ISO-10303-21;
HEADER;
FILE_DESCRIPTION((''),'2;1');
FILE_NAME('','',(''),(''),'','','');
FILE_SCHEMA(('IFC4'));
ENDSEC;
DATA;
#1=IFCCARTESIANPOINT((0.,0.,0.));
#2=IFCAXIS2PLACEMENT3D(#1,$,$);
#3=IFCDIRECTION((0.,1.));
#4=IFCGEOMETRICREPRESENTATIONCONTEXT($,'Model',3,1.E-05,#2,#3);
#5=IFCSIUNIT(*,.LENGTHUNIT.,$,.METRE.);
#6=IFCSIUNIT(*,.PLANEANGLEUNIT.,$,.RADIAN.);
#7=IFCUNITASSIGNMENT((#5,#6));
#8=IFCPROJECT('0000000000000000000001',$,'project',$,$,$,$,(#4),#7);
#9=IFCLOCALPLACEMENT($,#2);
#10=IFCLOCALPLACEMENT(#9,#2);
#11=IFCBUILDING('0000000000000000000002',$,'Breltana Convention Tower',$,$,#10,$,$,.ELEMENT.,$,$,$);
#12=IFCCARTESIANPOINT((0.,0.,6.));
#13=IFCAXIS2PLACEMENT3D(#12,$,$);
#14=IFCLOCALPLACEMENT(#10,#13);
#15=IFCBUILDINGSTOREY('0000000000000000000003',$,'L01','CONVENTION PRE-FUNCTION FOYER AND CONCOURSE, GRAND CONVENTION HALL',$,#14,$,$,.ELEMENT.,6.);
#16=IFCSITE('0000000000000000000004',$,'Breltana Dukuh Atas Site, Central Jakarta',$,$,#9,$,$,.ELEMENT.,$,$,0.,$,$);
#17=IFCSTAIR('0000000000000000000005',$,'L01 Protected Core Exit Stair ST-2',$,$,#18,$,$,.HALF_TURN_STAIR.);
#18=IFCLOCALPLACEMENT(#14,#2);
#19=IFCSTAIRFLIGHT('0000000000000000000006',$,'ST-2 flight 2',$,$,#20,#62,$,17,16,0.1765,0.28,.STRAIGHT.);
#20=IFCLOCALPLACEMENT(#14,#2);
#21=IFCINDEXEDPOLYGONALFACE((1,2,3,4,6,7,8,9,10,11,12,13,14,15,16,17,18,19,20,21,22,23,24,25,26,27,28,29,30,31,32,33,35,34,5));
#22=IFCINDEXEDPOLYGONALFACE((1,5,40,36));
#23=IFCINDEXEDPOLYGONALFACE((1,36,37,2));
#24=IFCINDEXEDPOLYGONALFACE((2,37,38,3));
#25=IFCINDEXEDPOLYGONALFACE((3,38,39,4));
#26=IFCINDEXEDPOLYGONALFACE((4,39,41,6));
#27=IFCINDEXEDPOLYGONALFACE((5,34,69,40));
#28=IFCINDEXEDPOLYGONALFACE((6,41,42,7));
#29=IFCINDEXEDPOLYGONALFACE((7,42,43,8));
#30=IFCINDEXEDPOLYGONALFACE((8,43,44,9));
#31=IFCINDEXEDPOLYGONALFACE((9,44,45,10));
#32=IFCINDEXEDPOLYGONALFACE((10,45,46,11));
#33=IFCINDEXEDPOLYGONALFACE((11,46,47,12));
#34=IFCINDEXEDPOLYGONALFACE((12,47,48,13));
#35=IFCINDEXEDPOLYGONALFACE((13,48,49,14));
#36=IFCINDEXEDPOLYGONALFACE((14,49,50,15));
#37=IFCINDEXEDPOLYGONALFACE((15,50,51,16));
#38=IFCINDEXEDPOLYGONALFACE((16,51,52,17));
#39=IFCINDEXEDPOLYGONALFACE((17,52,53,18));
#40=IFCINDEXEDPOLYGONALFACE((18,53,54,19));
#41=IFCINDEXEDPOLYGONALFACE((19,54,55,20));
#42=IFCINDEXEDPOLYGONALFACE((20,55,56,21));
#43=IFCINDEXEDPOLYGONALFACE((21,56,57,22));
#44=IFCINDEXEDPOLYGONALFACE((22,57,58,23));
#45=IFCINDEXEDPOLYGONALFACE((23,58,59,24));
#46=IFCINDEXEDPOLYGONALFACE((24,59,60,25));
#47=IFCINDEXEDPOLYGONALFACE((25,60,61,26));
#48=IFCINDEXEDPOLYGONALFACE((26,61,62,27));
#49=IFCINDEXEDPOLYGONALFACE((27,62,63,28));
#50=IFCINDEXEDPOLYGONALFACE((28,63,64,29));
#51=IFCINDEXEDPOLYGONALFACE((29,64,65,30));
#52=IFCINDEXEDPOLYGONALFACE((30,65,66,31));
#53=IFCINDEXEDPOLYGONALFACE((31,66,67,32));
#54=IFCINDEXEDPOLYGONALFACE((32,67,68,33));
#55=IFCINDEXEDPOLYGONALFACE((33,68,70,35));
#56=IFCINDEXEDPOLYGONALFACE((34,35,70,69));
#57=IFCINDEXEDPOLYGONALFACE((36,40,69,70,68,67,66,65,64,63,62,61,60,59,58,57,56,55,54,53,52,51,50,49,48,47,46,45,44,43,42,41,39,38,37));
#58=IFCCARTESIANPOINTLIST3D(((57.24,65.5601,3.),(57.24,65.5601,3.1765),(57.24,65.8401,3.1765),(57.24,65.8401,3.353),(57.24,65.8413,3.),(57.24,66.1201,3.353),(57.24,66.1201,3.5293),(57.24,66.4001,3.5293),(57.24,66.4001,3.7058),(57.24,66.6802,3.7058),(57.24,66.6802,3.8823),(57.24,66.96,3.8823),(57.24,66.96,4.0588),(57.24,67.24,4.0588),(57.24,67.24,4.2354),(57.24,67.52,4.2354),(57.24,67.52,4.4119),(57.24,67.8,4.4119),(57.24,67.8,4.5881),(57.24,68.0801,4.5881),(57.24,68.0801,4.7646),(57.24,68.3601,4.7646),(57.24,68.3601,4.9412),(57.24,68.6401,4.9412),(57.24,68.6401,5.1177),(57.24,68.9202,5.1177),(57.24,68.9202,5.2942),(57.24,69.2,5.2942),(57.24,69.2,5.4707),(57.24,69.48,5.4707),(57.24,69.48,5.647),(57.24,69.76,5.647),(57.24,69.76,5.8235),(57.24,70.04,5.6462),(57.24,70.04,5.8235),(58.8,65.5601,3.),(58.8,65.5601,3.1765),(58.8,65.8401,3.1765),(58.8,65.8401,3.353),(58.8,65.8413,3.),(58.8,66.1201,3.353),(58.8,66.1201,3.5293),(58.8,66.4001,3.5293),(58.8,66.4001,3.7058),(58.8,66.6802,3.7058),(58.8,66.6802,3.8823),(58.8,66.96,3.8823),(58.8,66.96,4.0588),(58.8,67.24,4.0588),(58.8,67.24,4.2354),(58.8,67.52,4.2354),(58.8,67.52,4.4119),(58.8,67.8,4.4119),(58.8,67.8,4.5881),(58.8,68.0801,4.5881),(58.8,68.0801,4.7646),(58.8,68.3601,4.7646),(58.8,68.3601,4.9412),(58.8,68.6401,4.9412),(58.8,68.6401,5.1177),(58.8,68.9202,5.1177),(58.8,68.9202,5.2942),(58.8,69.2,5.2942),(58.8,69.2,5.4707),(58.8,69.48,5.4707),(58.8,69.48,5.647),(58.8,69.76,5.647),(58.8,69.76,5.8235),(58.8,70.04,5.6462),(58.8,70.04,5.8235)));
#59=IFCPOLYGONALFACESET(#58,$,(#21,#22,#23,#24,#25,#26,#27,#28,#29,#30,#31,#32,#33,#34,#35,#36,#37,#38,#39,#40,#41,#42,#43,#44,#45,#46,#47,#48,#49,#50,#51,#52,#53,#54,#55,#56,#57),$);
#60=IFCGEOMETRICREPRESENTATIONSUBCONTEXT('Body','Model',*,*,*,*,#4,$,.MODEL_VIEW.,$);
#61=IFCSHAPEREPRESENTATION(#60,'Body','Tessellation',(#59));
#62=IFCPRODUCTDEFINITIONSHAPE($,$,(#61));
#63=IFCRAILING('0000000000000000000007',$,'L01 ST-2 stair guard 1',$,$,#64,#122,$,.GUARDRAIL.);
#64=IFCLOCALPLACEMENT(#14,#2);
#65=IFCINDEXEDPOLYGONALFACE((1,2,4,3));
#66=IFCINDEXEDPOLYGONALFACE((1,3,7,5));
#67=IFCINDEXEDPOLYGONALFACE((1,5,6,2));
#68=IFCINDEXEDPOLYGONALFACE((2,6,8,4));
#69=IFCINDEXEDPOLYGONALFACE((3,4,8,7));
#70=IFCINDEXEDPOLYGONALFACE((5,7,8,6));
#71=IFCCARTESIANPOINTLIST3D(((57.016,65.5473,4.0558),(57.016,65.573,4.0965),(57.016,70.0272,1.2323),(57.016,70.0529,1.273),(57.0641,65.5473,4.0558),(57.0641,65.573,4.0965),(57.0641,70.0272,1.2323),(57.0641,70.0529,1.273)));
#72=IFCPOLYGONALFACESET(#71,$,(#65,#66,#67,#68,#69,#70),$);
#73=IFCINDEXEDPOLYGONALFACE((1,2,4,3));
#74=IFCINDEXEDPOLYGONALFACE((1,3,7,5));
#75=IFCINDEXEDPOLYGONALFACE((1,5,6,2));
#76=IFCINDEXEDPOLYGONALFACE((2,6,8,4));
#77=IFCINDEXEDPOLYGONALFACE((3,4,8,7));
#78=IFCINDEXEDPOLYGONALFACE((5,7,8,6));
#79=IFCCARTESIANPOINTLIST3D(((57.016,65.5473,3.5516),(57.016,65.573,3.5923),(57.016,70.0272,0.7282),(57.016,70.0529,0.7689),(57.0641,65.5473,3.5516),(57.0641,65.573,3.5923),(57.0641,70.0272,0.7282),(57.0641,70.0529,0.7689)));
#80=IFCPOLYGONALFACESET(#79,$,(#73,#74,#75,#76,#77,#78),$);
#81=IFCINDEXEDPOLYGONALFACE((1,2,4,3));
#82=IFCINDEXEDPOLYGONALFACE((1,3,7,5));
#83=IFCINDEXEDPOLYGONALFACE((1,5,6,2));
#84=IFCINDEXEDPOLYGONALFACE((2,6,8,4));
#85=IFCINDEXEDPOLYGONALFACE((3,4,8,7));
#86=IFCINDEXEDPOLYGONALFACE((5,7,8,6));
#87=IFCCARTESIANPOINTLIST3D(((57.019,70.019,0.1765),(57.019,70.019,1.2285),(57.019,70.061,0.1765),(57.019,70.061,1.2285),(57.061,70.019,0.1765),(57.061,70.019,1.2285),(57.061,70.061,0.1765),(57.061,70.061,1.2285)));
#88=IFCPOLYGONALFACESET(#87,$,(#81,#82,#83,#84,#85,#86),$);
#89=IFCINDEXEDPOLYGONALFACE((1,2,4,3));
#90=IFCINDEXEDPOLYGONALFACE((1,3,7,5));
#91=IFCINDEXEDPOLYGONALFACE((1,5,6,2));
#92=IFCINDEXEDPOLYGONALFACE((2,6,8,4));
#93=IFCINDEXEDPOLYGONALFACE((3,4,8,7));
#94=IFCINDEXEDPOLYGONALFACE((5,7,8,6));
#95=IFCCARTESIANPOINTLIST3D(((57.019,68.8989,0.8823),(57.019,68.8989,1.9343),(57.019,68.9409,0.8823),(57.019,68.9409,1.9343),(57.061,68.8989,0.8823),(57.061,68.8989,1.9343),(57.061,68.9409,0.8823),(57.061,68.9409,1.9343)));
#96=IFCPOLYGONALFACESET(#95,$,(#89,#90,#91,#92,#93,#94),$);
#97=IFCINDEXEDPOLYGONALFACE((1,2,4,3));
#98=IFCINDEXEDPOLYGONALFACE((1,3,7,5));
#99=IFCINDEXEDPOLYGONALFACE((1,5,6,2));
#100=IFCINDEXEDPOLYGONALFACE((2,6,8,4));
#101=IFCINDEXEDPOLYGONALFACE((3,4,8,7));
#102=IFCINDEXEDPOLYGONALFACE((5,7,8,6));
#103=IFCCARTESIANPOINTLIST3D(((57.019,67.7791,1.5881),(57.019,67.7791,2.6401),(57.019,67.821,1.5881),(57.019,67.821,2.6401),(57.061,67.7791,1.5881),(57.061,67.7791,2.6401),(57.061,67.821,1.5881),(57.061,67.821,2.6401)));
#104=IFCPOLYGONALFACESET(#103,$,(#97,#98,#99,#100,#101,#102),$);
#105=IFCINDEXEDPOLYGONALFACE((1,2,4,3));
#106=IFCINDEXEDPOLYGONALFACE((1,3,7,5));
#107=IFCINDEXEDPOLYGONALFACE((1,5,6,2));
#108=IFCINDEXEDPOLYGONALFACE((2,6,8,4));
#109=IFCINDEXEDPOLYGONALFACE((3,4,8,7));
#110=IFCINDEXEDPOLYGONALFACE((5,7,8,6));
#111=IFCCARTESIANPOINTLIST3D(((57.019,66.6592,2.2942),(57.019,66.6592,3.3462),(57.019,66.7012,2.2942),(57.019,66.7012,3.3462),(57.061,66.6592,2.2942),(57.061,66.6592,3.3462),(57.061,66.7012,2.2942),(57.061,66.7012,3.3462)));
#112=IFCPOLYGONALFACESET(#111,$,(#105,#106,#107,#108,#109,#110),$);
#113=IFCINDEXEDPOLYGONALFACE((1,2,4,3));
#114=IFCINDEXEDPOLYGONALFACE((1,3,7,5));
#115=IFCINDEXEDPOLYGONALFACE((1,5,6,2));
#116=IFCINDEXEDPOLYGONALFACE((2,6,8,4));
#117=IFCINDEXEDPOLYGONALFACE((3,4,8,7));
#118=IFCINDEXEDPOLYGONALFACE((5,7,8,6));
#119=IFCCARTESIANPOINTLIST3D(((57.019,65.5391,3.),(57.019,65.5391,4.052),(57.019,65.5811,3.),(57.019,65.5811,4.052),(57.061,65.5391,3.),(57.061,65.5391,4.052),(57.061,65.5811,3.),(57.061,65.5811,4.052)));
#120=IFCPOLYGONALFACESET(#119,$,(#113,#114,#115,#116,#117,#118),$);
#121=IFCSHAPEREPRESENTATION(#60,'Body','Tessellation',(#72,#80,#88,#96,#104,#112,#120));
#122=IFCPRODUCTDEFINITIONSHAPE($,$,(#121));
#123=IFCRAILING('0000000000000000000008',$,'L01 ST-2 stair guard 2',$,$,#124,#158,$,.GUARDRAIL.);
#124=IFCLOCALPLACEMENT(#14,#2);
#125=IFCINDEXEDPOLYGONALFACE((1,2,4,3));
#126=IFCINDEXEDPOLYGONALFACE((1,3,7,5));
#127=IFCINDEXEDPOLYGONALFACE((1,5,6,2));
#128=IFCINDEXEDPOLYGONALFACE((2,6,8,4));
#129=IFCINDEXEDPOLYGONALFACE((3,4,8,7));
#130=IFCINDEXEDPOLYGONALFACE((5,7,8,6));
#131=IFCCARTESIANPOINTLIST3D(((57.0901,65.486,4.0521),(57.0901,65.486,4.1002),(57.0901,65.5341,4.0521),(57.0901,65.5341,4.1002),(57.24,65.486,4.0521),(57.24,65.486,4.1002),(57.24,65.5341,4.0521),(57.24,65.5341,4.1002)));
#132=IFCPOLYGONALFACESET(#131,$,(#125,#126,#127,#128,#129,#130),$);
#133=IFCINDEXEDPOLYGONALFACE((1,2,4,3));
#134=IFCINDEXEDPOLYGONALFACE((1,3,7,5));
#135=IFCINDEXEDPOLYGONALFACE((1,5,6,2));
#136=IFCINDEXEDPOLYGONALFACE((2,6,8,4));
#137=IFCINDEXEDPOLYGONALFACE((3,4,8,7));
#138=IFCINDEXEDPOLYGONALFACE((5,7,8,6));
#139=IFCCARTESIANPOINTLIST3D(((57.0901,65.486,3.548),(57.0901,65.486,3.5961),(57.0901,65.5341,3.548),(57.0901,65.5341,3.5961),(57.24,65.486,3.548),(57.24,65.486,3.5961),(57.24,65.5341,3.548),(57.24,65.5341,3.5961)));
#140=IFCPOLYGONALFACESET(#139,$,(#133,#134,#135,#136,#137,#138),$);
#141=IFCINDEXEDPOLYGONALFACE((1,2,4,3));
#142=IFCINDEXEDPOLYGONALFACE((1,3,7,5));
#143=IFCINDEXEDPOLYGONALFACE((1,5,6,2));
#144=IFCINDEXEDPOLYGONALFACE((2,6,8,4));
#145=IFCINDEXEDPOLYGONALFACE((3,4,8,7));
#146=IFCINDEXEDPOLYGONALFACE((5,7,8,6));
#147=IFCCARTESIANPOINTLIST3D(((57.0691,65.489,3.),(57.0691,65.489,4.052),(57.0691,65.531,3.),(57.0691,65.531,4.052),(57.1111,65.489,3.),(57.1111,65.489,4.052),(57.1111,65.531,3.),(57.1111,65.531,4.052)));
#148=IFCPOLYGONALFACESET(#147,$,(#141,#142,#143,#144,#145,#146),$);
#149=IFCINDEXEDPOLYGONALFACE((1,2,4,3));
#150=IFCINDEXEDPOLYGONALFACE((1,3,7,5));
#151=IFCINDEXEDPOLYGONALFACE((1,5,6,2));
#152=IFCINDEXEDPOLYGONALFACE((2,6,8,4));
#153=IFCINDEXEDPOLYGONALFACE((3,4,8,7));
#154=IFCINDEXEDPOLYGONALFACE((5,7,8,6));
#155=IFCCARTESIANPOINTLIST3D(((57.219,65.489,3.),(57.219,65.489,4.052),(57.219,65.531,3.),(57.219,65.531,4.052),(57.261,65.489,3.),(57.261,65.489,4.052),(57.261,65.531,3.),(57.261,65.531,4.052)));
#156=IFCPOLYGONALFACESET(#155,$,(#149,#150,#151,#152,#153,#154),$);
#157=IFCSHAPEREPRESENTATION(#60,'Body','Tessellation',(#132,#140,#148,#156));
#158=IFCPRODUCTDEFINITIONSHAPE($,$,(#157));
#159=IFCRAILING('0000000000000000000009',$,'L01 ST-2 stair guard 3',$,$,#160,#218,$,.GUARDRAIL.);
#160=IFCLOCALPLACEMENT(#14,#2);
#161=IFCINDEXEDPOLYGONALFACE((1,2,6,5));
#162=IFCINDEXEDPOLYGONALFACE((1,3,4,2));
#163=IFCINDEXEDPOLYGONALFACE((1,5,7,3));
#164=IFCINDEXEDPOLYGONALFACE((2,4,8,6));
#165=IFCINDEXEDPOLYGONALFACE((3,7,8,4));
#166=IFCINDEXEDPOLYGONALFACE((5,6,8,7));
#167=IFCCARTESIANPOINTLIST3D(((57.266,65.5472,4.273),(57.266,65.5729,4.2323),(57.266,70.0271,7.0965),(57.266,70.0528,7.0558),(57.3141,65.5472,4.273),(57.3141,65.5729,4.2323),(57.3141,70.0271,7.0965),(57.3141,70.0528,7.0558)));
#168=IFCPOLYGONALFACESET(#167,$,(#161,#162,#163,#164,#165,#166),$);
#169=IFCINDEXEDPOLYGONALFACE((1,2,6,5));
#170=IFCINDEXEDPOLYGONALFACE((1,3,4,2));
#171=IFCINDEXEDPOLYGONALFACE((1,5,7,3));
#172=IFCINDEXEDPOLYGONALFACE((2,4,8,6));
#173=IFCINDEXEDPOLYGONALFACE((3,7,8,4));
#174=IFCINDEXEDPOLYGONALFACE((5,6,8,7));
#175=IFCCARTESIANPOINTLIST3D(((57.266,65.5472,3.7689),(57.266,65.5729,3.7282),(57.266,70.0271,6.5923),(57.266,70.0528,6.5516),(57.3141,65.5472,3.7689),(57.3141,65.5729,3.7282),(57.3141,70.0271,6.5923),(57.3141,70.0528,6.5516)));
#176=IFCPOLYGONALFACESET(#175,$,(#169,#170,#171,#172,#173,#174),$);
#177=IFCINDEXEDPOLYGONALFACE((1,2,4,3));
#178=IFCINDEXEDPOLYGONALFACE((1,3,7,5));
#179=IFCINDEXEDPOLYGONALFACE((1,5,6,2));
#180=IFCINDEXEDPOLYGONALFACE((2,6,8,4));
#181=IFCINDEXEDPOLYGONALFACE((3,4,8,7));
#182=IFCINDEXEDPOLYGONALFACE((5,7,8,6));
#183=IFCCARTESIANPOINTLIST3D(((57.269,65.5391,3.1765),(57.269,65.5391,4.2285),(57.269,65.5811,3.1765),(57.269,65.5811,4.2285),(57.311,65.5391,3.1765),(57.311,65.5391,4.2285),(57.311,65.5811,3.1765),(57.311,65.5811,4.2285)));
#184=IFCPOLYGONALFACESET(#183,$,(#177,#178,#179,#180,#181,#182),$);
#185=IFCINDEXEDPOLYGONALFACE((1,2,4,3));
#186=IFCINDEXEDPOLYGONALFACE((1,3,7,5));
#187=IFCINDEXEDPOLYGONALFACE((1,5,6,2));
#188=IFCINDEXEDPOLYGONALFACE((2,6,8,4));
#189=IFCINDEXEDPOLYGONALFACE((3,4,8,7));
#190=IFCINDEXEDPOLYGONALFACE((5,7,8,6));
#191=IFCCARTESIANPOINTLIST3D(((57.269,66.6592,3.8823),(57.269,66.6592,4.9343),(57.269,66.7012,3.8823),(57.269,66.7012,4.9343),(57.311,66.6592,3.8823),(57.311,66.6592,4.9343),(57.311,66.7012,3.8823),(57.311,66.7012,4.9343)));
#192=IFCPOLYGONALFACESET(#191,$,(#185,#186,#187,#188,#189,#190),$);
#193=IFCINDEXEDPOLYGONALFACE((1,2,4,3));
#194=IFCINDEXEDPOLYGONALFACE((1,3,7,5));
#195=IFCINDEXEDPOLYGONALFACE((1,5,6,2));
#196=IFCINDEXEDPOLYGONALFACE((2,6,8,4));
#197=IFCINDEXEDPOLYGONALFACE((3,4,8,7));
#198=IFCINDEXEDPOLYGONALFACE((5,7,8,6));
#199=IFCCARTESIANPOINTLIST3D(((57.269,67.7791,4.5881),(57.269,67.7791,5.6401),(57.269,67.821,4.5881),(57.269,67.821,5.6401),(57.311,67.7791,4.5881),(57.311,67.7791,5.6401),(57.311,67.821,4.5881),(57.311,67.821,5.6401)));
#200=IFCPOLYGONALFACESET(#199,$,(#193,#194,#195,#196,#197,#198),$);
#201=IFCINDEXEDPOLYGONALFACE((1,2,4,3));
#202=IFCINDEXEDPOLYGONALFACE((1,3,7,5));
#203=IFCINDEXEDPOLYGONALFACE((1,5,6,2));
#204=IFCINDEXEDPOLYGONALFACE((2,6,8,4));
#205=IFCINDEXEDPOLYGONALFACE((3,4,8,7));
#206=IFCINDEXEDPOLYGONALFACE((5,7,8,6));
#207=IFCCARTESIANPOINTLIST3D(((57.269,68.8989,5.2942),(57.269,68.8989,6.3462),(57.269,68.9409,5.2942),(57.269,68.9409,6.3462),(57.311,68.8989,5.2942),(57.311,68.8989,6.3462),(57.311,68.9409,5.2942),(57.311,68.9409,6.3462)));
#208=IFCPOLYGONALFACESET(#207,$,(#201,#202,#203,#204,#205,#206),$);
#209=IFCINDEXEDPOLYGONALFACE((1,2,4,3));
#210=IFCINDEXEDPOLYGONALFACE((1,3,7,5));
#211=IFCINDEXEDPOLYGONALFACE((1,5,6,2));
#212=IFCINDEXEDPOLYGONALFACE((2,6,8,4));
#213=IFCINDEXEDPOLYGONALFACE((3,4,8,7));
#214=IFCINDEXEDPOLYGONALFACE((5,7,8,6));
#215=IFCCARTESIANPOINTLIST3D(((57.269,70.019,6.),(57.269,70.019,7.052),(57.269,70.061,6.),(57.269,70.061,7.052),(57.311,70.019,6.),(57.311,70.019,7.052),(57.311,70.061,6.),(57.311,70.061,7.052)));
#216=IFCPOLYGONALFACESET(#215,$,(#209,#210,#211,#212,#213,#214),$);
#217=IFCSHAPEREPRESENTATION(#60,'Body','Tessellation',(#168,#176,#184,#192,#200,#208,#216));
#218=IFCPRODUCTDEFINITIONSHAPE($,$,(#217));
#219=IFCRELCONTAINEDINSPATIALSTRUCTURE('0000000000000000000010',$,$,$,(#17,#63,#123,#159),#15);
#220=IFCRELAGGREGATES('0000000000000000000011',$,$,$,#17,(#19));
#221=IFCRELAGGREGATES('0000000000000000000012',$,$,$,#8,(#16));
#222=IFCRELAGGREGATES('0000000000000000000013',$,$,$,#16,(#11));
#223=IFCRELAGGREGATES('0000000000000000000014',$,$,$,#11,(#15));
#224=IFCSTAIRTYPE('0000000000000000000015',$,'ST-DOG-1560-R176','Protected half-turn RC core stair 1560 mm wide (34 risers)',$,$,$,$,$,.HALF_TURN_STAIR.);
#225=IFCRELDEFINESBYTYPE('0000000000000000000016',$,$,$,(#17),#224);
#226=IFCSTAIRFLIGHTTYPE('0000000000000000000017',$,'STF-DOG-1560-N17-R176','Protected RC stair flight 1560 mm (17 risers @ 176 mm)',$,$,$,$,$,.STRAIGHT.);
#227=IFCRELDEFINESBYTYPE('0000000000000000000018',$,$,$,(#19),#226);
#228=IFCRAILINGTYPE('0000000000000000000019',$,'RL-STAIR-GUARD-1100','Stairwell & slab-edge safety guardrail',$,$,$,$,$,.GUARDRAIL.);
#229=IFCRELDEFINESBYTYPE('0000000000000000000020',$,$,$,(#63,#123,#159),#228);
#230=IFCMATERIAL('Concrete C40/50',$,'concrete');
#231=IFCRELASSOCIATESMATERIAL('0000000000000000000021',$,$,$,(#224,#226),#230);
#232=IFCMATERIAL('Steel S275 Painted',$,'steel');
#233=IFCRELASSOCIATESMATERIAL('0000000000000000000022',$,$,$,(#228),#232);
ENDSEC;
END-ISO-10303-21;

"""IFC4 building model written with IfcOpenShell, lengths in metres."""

from ifc_helpers import new_model, si_unit, direction, frame, origin, origin_2d, place, context, subcontext, project, spatial, polyline, rectangle, outline, extrude, material, type_object, element, aggregate, save


model = new_model("IFC4")

# Units and contexts
model_context = context("Model", 3, precision=1e-05, world=origin(), true_north=direction((0.0, 1.0)))
body_context = subcontext(model_context, "Body", "Model", "MODEL_VIEW")
ifc_project = project(units=[si_unit("LENGTHUNIT", "METRE"), si_unit("PLANEANGLEUNIT", "RADIAN")], contexts=[model_context])

# Site, building, storey
site_placement = place(None, origin())
site = spatial("IfcSite", under=ifc_project, at=site_placement, Name="Breltana Dukuh Atas Site, Central Jakarta", CompositionType="ELEMENT", RefElevation=0.0)
building_placement = place(site_placement, origin())
building = spatial("IfcBuilding", under=site, at=building_placement, Name="Breltana Convention Tower", CompositionType="ELEMENT")
storey_placement = place(building_placement, frame((0.0, 0.0, 6.0)))
storey = spatial("IfcBuildingStorey", under=building, at=storey_placement, Name="L01", Description="CONVENTION PRE-FUNCTION FOYER AND CONCOURSE, GRAND CONVENTION HALL", CompositionType="ELEMENT", Elevation=6.0)

# Stair, stair flight
ifc_material_1 = material(Name="Concrete C40/50", Category="concrete")
stair_type = type_object("IfcStairType", Name="ST-DOG-1560-R176", Description="Protected half-turn RC core stair 1560 mm wide (34 risers)", PredefinedType="HALF_TURN_STAIR", material=ifc_material_1)
stair_placement = place(storey_placement, origin())
stair = element("IfcStair", 1, at=stair_placement, inside=storey, type_object=stair_type, Name="L01 Protected Core Exit Stair ST-2", PredefinedType="HALF_TURN_STAIR")
stair_flight_type = type_object("IfcStairFlightType", Name="STF-DOG-1560-N17-R176", Description="Protected RC stair flight 1560 mm (17 risers @ 176 mm)", PredefinedType="STRAIGHT", material=ifc_material_1)
stair_flight_1_placement = place(storey_placement, frame((58.02, 65.5601, 3.0), z_axis=(0.0, 0.0, 1.0), x_axis=(0.0, 1.0, 0.0)))
stair_flight_1 = element("IfcStairFlight", 2, at=stair_flight_1_placement, type_object=stair_flight_type, Name="ST-2 flight 2", NumberOfRisers=17, NumberOfTreads=16, PredefinedType="STRAIGHT", RiserHeight=0.1765, TreadLength=0.28, context=body_context, shape_type="SweptSolid", body=[
    extrude(outline(polyline([(0.0, 0.0), (0.0, 0.1765), (0.28, 0.1765), (0.28, 0.353), (0.5601, 0.353), (0.5601, 0.5293), (0.8401, 0.5293), (0.8401, 0.7058), (1.1201, 0.7058), (1.1201, 0.8823), (1.3999, 0.8823), (1.3999, 1.0588), (1.6799, 1.0588), (1.6799, 1.2354), (1.96, 1.2354), (1.96, 1.4119), (2.24, 1.4119), (2.24, 1.5881), (2.52, 1.5881), (2.52, 1.7646), (2.8, 1.7646), (2.8, 1.9412), (3.0801, 1.9412), (3.0801, 2.1177), (3.3601, 2.1177), (3.3601, 2.2942), (3.6399, 2.2942), (3.6399, 2.4707), (3.9199, 2.4707), (3.9199, 2.647), (4.2, 2.647), (4.2, 2.8235), (4.48, 2.8235), (4.48, 3.0), (4.48, 2.6462), (0.2812, 0.0), (0.0, 0.0)])), frame((0.0, 0.78, 0.0), z_axis=(0.0, -1.0, 0.0), x_axis=(1.0, 0.0, 0.0)), (0.0, 0.0, 1.0), 1.5601),
])
aggregate(stair, [stair_flight_1])

# Railings
ifc_material_2 = material(Name="Steel S275 Painted", Category="steel")
railing_type_1 = type_object("IfcRailingType", Name="RL-STAIR-GUARD-1100", Description="Stairwell & slab-edge safety guardrail", PredefinedType="GUARDRAIL", material=ifc_material_2)
railing_1_placement = place(storey_placement, frame((57.04, 70.04, 0.1765)))
element("IfcRailing", 3, at=railing_1_placement, inside=storey, type_object=railing_type_1, Name="L01 ST-2 stair guard 1", PredefinedType="GUARDRAIL", context=body_context, shape_type="SweptSolid", body=[
    extrude(rectangle(XDim=0.0481, YDim=0.0481, at=origin_2d()), frame((0.0, 0.0, 1.0762), z_axis=(0.0, -0.845998, 0.533186), x_axis=(1.0, 0.0, 0.0)), (0.0, 0.0, 1.0), 5.2954),
    extrude(rectangle(XDim=0.0481, YDim=0.0481, at=origin_2d()), frame((0.0, 0.0, 0.572), z_axis=(0.0, -0.845998, 0.533186), x_axis=(1.0, 0.0, 0.0)), (0.0, 0.0, 1.0), 5.2954),
    extrude(rectangle(XDim=0.042, YDim=0.042, at=origin_2d()), origin(), (0.0, 0.0, 1.0), 1.052),
    extrude(rectangle(XDim=0.042, YDim=0.042, at=origin_2d()), frame((0.0, -1.1201, 0.7058)), (0.0, 0.0, 1.0), 1.052),
    extrude(rectangle(XDim=0.042, YDim=0.042, at=origin_2d()), frame((0.0, -2.24, 1.4116)), (0.0, 0.0, 1.0), 1.052),
    extrude(rectangle(XDim=0.042, YDim=0.042, at=origin_2d()), frame((0.0, -3.3599, 2.1177)), (0.0, 0.0, 1.0), 1.052),
    extrude(rectangle(XDim=0.042, YDim=0.042, at=origin_2d()), frame((0.0, -4.48, 2.8235)), (0.0, 0.0, 1.0), 1.052),
])
railing_2_placement = place(storey_placement, frame((57.0901, 65.51, 3.0)))
element("IfcRailing", 4, at=railing_2_placement, inside=storey, type_object=railing_type_1, Name="L01 ST-2 stair guard 2", PredefinedType="GUARDRAIL", context=body_context, shape_type="SweptSolid", body=[
    extrude(rectangle(XDim=0.0481, YDim=0.0481, at=origin_2d()), frame((0.0, 0.0, 1.0762), z_axis=(1.0, 0.0, 0.0), x_axis=(0.0, 1.0, 0.0)), (0.0, 0.0, 1.0), 0.1499),
    extrude(rectangle(XDim=0.0481, YDim=0.0481, at=origin_2d()), frame((0.0, 0.0, 0.572), z_axis=(1.0, 0.0, 0.0), x_axis=(0.0, 1.0, 0.0)), (0.0, 0.0, 1.0), 0.1499),
    extrude(rectangle(XDim=0.042, YDim=0.042, at=origin_2d()), origin(), (0.0, 0.0, 1.0), 1.052),
    extrude(rectangle(XDim=0.042, YDim=0.042, at=origin_2d()), frame((0.1499, 0.0, 0.0)), (0.0, 0.0, 1.0), 1.052),
])
railing_3_placement = place(storey_placement, frame((57.29, 65.5601, 3.1765)))
element("IfcRailing", 5, at=railing_3_placement, inside=storey, type_object=railing_type_1, Name="L01 ST-2 stair guard 3", PredefinedType="GUARDRAIL", context=body_context, shape_type="SweptSolid", body=[
    extrude(rectangle(XDim=0.0481, YDim=0.0481, at=origin_2d()), frame((0.0, 0.0, 1.0762), z_axis=(0.0, 0.845998, 0.533186), x_axis=(-1.0, 0.0, 0.0)), (0.0, 0.0, 1.0), 5.2954),
    extrude(rectangle(XDim=0.0481, YDim=0.0481, at=origin_2d()), frame((0.0, 0.0, 0.572), z_axis=(0.0, 0.845998, 0.533186), x_axis=(-1.0, 0.0, 0.0)), (0.0, 0.0, 1.0), 5.2954),
    extrude(rectangle(XDim=0.042, YDim=0.042, at=origin_2d()), origin(), (0.0, 0.0, 1.0), 1.052),
    extrude(rectangle(XDim=0.042, YDim=0.042, at=origin_2d()), frame((0.0, 1.1201, 0.7058)), (0.0, 0.0, 1.0), 1.052),
    extrude(rectangle(XDim=0.042, YDim=0.042, at=origin_2d()), frame((0.0, 2.24, 1.4116)), (0.0, 0.0, 1.0), 1.052),
    extrude(rectangle(XDim=0.042, YDim=0.042, at=origin_2d()), frame((0.0, 3.3599, 2.1177)), (0.0, 0.0, 1.0), 1.052),
    extrude(rectangle(XDim=0.042, YDim=0.042, at=origin_2d()), frame((0.0, 4.48, 2.8235)), (0.0, 0.0, 1.0), 1.052),
])

save(model, "model.ifc")
